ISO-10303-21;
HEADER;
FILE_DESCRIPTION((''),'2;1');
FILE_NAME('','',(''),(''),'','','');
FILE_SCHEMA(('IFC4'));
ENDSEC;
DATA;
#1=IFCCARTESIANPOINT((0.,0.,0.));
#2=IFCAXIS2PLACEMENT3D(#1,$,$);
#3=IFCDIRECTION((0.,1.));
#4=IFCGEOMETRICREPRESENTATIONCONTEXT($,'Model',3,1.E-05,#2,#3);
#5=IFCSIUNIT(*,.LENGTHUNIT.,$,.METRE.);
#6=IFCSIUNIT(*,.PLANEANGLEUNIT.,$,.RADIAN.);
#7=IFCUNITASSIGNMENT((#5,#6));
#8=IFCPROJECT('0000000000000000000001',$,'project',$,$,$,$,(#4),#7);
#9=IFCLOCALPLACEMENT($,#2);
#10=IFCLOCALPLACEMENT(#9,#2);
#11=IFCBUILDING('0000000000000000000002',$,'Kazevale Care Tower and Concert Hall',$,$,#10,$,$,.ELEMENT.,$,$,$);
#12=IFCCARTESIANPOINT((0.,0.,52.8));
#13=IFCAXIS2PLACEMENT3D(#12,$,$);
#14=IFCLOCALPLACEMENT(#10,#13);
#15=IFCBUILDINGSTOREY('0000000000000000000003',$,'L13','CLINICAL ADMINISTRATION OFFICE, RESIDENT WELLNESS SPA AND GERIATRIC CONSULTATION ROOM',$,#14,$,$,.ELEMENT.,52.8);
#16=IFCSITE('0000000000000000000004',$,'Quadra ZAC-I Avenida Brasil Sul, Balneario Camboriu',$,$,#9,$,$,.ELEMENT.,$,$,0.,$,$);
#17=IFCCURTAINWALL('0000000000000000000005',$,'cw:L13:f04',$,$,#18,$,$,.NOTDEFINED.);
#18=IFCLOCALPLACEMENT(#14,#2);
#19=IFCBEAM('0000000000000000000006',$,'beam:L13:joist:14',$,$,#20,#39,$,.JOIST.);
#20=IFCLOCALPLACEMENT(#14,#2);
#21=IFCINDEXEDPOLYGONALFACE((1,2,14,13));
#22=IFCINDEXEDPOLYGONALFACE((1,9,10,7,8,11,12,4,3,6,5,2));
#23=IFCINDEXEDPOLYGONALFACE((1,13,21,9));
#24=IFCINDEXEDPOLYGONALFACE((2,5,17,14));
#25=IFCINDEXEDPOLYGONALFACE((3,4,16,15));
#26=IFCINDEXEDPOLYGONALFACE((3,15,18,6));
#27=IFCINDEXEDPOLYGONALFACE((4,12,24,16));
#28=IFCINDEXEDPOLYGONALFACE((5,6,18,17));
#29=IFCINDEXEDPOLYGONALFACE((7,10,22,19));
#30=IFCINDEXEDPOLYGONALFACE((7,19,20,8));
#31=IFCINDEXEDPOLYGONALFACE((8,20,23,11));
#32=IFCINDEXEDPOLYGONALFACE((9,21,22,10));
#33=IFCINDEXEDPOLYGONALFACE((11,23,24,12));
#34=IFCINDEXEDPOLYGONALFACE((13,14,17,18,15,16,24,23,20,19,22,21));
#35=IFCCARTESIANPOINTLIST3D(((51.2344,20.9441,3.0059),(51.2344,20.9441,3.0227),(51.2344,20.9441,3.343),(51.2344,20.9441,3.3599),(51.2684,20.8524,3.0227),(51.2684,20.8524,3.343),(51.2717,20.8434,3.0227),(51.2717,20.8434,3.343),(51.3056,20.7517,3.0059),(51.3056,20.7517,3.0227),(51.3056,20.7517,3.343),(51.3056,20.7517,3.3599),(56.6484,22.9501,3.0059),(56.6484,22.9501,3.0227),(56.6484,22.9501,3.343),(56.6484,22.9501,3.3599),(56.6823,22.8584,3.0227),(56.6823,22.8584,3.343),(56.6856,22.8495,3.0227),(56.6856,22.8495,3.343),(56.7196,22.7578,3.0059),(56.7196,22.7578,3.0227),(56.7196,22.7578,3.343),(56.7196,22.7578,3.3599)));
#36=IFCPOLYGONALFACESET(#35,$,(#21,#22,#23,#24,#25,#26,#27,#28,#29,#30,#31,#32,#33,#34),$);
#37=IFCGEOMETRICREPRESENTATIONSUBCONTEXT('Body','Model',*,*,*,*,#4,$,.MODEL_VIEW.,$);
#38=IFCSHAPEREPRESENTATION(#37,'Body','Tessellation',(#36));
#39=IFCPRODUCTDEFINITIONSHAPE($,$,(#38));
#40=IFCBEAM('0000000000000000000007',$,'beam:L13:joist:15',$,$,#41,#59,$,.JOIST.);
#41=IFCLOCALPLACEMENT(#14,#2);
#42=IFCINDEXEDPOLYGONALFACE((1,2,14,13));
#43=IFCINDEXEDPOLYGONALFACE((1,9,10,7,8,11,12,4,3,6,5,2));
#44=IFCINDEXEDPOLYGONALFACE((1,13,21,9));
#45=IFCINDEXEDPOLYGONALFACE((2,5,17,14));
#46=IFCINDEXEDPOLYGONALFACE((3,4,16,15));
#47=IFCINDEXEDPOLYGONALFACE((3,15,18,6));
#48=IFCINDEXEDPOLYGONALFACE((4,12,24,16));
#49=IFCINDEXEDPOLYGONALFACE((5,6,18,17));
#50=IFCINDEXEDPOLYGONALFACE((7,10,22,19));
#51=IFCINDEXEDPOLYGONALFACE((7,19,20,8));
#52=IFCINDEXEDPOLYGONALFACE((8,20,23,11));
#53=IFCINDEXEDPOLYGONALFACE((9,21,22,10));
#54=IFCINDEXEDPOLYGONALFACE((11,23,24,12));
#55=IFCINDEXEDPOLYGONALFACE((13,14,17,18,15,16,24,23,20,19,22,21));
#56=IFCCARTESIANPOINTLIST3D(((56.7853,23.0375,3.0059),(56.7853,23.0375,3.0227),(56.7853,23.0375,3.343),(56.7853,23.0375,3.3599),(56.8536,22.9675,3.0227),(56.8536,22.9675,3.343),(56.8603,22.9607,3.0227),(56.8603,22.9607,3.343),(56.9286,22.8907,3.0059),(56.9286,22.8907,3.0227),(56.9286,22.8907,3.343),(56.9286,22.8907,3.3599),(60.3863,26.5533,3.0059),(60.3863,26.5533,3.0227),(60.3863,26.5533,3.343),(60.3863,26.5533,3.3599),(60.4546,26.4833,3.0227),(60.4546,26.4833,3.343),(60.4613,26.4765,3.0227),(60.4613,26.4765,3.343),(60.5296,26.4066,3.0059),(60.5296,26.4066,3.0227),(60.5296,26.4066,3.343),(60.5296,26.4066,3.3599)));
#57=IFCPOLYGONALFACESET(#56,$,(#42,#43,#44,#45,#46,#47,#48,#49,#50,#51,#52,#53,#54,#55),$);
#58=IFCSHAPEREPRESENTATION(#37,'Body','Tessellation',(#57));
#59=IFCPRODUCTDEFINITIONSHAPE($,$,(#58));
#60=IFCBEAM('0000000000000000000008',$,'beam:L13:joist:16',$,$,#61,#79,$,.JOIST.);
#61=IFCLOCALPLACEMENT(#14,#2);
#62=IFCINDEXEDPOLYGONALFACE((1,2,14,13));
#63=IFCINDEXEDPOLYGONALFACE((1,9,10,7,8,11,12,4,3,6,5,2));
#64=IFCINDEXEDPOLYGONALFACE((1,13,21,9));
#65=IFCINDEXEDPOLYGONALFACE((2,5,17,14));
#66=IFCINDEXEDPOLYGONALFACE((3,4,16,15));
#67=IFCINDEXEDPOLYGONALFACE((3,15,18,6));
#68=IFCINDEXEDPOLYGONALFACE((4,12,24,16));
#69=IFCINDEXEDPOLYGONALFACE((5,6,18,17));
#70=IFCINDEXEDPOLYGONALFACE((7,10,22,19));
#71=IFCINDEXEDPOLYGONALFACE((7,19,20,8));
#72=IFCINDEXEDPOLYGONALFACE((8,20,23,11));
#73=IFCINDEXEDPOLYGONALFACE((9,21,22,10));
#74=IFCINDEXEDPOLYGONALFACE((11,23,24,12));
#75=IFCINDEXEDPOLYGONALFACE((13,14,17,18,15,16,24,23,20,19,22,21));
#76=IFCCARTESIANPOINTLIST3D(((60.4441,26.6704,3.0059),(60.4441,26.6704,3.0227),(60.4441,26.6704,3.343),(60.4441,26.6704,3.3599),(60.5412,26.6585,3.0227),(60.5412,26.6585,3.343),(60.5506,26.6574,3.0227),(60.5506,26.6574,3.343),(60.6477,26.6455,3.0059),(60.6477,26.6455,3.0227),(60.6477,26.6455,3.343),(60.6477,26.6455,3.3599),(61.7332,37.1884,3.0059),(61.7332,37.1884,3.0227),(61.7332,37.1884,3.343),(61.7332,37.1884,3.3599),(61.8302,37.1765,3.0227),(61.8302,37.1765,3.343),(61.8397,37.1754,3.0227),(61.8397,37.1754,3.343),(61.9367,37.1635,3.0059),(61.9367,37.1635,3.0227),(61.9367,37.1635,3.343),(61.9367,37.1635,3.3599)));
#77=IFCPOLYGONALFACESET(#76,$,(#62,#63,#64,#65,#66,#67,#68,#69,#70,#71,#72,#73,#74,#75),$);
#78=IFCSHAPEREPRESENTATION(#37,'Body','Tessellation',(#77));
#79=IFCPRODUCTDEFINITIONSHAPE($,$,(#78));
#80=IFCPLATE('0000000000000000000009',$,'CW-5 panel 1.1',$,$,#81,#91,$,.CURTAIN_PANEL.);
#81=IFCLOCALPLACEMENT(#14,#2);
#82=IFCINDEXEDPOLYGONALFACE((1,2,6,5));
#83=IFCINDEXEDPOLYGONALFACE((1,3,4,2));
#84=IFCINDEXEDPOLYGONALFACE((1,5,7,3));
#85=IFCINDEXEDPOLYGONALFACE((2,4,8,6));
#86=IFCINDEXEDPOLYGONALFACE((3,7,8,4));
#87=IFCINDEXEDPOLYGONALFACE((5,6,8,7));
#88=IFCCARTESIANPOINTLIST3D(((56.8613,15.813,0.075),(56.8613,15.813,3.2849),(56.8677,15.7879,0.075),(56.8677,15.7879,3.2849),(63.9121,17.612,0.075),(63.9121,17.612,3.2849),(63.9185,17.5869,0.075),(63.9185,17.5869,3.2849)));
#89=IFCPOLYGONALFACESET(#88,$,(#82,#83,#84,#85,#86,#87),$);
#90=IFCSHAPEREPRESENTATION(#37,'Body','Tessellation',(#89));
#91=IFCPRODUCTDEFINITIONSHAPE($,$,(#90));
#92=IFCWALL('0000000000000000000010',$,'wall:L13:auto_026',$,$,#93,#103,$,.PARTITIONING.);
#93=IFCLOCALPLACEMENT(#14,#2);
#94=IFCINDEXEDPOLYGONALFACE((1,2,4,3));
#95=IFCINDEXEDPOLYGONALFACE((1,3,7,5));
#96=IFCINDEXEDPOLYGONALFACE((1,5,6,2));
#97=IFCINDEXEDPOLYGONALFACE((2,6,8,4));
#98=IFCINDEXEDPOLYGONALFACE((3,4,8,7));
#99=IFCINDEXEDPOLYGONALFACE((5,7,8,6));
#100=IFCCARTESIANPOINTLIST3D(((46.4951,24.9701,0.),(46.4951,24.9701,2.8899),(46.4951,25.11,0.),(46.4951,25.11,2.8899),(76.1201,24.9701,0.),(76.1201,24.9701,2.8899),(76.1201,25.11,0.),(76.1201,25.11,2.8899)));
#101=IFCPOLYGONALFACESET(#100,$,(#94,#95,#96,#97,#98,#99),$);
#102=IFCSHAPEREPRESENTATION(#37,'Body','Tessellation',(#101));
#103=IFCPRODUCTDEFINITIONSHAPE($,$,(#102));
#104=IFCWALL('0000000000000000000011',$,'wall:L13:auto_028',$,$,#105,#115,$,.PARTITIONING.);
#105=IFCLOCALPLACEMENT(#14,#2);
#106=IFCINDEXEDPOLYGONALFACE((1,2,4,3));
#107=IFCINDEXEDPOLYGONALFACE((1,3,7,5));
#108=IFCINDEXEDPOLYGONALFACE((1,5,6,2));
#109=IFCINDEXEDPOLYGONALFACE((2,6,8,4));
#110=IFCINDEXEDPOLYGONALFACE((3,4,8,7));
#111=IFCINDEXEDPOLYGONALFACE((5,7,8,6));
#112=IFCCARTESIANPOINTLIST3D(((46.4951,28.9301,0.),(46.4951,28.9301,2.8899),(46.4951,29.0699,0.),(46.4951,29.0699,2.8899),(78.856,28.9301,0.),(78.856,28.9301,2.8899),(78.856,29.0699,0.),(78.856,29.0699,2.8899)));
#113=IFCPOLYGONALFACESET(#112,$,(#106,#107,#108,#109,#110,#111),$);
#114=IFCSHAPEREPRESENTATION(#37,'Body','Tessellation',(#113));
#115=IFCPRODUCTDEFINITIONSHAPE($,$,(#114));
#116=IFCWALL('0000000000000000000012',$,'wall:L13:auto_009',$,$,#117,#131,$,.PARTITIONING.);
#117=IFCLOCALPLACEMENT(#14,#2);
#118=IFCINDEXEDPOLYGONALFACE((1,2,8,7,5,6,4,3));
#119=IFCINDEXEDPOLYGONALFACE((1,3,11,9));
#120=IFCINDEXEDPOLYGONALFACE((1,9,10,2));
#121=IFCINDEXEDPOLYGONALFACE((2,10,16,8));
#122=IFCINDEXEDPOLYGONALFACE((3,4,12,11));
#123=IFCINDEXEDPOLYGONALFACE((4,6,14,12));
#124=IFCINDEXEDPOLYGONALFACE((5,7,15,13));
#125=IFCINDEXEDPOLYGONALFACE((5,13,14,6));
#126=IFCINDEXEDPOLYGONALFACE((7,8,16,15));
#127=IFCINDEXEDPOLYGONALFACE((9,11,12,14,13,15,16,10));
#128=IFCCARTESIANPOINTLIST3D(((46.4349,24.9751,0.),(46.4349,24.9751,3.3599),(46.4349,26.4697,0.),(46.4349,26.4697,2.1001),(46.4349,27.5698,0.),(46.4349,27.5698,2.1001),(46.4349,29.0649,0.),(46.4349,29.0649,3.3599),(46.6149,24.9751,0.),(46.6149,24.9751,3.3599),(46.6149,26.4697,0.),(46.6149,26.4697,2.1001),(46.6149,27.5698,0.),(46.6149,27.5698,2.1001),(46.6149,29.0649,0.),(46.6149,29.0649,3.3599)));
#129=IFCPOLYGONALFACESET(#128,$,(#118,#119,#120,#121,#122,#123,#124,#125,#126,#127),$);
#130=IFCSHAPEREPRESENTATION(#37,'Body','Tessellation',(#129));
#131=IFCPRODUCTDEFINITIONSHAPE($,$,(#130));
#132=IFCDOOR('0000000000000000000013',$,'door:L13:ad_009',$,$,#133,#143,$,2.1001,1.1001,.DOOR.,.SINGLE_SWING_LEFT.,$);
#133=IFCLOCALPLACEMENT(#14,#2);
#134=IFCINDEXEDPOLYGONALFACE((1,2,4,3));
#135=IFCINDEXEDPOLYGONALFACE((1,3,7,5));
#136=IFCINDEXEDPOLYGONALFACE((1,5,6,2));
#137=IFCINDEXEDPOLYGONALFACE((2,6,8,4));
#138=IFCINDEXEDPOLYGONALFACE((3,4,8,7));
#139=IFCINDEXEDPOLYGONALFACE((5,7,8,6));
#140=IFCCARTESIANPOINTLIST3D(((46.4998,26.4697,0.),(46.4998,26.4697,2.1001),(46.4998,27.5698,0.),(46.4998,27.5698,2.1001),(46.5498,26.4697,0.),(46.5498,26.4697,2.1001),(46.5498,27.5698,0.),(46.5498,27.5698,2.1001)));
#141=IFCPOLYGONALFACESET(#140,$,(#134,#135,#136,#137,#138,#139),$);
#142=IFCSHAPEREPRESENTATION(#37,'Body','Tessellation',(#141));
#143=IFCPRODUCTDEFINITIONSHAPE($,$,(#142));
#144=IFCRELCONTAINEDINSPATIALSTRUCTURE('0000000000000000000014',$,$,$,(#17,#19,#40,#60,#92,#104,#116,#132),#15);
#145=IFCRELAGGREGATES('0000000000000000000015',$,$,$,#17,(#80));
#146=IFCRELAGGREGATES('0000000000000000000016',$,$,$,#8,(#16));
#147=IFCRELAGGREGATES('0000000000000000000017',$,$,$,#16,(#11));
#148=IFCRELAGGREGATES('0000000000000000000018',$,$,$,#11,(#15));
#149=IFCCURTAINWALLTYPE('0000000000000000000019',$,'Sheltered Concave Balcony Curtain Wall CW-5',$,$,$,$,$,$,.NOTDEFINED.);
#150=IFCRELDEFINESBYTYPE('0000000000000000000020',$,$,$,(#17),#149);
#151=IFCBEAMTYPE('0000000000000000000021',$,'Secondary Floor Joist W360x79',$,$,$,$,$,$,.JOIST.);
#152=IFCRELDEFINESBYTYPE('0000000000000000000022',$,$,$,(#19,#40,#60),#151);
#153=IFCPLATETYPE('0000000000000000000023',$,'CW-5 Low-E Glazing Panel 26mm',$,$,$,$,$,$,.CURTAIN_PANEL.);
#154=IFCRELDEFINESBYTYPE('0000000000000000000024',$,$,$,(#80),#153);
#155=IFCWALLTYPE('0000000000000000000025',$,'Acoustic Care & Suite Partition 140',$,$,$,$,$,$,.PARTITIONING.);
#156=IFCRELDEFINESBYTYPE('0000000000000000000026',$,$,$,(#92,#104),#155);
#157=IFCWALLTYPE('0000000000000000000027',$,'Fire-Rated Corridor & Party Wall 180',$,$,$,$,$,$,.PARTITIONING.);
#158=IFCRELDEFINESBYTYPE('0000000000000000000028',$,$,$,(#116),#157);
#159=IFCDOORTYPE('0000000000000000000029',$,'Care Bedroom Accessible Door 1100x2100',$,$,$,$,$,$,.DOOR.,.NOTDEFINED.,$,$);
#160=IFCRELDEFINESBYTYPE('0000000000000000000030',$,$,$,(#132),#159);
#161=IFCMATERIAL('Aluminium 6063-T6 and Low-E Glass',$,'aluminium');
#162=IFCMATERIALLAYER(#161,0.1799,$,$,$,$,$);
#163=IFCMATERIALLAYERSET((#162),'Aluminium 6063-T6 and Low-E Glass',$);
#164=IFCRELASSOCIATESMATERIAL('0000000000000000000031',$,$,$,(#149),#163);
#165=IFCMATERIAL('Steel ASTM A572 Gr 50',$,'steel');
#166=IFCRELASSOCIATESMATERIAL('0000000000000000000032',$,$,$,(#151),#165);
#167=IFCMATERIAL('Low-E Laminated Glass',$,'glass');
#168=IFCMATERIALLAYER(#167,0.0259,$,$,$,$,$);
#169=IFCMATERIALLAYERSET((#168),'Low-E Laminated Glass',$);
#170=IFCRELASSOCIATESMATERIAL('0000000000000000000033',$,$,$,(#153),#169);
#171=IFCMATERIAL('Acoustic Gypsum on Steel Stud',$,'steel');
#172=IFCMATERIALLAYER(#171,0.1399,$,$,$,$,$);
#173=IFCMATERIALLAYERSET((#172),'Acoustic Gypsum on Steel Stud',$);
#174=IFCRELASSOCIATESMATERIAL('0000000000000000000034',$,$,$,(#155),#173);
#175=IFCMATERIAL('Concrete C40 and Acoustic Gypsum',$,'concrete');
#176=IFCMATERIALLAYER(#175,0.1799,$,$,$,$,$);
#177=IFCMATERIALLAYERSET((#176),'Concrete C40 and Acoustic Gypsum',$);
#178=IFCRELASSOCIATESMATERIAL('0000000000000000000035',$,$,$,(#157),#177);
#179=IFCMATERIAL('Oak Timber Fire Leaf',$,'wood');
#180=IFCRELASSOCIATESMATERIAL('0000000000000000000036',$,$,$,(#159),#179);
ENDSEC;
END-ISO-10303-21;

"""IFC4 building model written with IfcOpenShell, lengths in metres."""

from ifc_helpers import new_model, si_unit, direction, frame, frame_2d, origin, origin_2d, place, context, subcontext, project, spatial, rectangle, i_section, extrude, material, layer, layer_set, material_profile, profile_set, type_object, element, fill, aggregate, save


model = new_model("IFC4")

# Units and contexts
model_context = context("Model", 3, precision=1e-05, world=origin(), true_north=direction((0.0, 1.0)))
body_context = subcontext(model_context, "Body", "Model", "MODEL_VIEW")
ifc_project = project(units=[si_unit("LENGTHUNIT", "METRE"), si_unit("PLANEANGLEUNIT", "RADIAN")], contexts=[model_context])

# Site, building, storey
site_placement = place(None, origin())
site = spatial("IfcSite", under=ifc_project, at=site_placement, Name="Quadra ZAC-I Avenida Brasil Sul, Balneario Camboriu", CompositionType="ELEMENT", RefElevation=0.0)
building_placement = place(site_placement, origin())
building = spatial("IfcBuilding", under=site, at=building_placement, Name="Kazevale Care Tower and Concert Hall", CompositionType="ELEMENT")
storey_placement = place(building_placement, frame((0.0, 0.0, 52.8)))
storey = spatial("IfcBuildingStorey", under=building, at=storey_placement, Name="L13", Description="CLINICAL ADMINISTRATION OFFICE, RESIDENT WELLNESS SPA AND GERIATRIC CONSULTATION ROOM", CompositionType="ELEMENT", Elevation=52.8)

# Curtain wall
ifc_material_1 = material(Name="Aluminium 6063-T6 and Low-E Glass", Category="aluminium")
ifc_layer_1 = layer(ifc_material_1, 0.1799)
ifc_layer_set_1 = layer_set([ifc_layer_1], Name="Aluminium 6063-T6 and Low-E Glass")
curtain_wall_type = type_object("IfcCurtainWallType", Name="Sheltered Concave Balcony Curtain Wall CW-5", PredefinedType="NOTDEFINED", material=ifc_layer_set_1)
curtain_wall_1_placement = place(storey_placement, origin())
curtain_wall_1 = element("IfcCurtainWall", 1, at=curtain_wall_1_placement, inside=storey, type_object=curtain_wall_type, Name="cw:L13:f04", PredefinedType="NOTDEFINED")

# Beams
ifc_material_2 = material(Name="Steel ASTM A572 Gr 50", Category="steel")
ifc_material_profile_1 = material_profile(ifc_material_2, i_section(OverallWidth=0.2051, OverallDepth=0.354, WebThickness=0.0095, FlangeThickness=0.0168, at=origin_2d()), Name="W360x79")
ifc_profile_set_1 = profile_set([ifc_material_profile_1], Name="Steel ASTM A572 Gr 50")
beam_type_1 = type_object("IfcBeamType", Name="Secondary Floor Joist W360x79", PredefinedType="JOIST", material=ifc_profile_set_1)
beam_1_placement = place(storey_placement, frame((51.27, 20.8479, 3.1829), z_axis=(0.937698, 0.347451, 0.0), x_axis=(-0.347451, 0.937698, 0.0)))
element("IfcBeam", 2, at=beam_1_placement, inside=storey, type_object=beam_type_1, Name="beam:L13:joist:14", PredefinedType="JOIST", context=body_context, shape_type="SweptSolid", body=[
    extrude(i_section(OverallWidth=0.2051, OverallDepth=0.354, WebThickness=0.0095, FlangeThickness=0.0168, at=origin_2d()), origin(), (0.0, 0.0, 1.0), 5.7737),
])
beam_2_placement = place(storey_placement, frame((56.8569, 22.9641, 3.1829), z_axis=(0.715521, 0.698591, 0.0), x_axis=(-0.698591, 0.715521, 0.0)))
element("IfcBeam", 3, at=beam_2_placement, inside=storey, type_object=beam_type_1, Name="beam:L13:joist:15", PredefinedType="JOIST", context=body_context, shape_type="SweptSolid", body=[
    extrude(i_section(OverallWidth=0.2051, OverallDepth=0.354, WebThickness=0.0095, FlangeThickness=0.0168, at=origin_2d()), origin(), (0.0, 0.0, 1.0), 5.0327),
])
beam_3_placement = place(storey_placement, frame((60.5459, 26.658, 3.1829), z_axis=(0.121647, 0.992573, 0.0), x_axis=(-0.992573, 0.121647, 0.0)))
element("IfcBeam", 4, at=beam_3_placement, inside=storey, type_object=beam_type_1, Name="beam:L13:joist:16", PredefinedType="JOIST", context=body_context, shape_type="SweptSolid", body=[
    extrude(i_section(OverallWidth=0.2051, OverallDepth=0.354, WebThickness=0.0095, FlangeThickness=0.0168, at=origin_2d()), origin(), (0.0, 0.0, 1.0), 10.5967),
])

# Plate
ifc_material_3 = material(Name="Low-E Laminated Glass", Category="glass")
ifc_layer_2 = layer(ifc_material_3, 0.0259)
ifc_layer_set_2 = layer_set([ifc_layer_2], Name="Low-E Laminated Glass")
plate_type = type_object("IfcPlateType", Name="CW-5 Low-E Glazing Panel 26mm", PredefinedType="CURTAIN_PANEL", material=ifc_layer_set_2)
plate_placement = place(storey_placement, frame((60.3899, 16.7, 0.075), z_axis=(0.0, 0.0, 1.0), x_axis=(-0.968959, -0.247222, 0.0)))
plate = element("IfcPlate", 5, at=plate_placement, type_object=plate_type, Name="CW-5 panel 1.1", PredefinedType="CURTAIN_PANEL", context=body_context, shape_type="SweptSolid", body=[
    extrude(rectangle(XDim=7.2766, YDim=0.0259, at=origin_2d()), origin(), (0.0, 0.0, 1.0), 3.21),
])
aggregate(curtain_wall_1, [plate])

# Walls
ifc_material_4 = material(Name="Acoustic Gypsum on Steel Stud", Category="steel")
ifc_layer_3 = layer(ifc_material_4, 0.1399)
ifc_layer_set_3 = layer_set([ifc_layer_3], Name="Acoustic Gypsum on Steel Stud")
wall_type_1 = type_object("IfcWallType", Name="Acoustic Care & Suite Partition 140", PredefinedType="PARTITIONING", material=ifc_layer_set_3)
wall_1_placement = place(storey_placement, frame((46.4951, 25.04, 0.0), z_axis=(0.0, 0.0, 1.0), x_axis=(1.0, 0.0, 0.0)))
element("IfcWall", 6, at=wall_1_placement, inside=storey, type_object=wall_type_1, Name="wall:L13:auto_026", PredefinedType="PARTITIONING", context=body_context, shape_type="SweptSolid", body=[
    extrude(rectangle(XDim=29.625, YDim=0.1399, at=frame_2d((14.8125, 0.0))), origin(), (0.0, 0.0, 1.0), 2.8899),
])
wall_2_placement = place(storey_placement, frame((46.4951, 29.0, 0.0), z_axis=(0.0, 0.0, 1.0), x_axis=(1.0, 0.0, 0.0)))
element("IfcWall", 7, at=wall_2_placement, inside=storey, type_object=wall_type_1, Name="wall:L13:auto_028", PredefinedType="PARTITIONING", context=body_context, shape_type="SweptSolid", body=[
    extrude(rectangle(XDim=32.3608, YDim=0.1399, at=frame_2d((16.1804, 0.0))), origin(), (0.0, 0.0, 1.0), 2.8899),
])

# Wall, opening, door
ifc_material_5 = material(Name="Concrete C40 and Acoustic Gypsum", Category="concrete")
ifc_layer_4 = layer(ifc_material_5, 0.1799)
ifc_layer_set_4 = layer_set([ifc_layer_4], Name="Concrete C40 and Acoustic Gypsum")
wall_type_2 = type_object("IfcWallType", Name="Fire-Rated Corridor & Party Wall 180", PredefinedType="PARTITIONING", material=ifc_layer_set_4)
ifc_material_6 = material(Name="Oak Timber Fire Leaf", Category="wood")
wall_3_placement = place(storey_placement, frame((46.5249, 29.0649, 0.0), z_axis=(0.0, 0.0, 1.0), x_axis=(0.0, -1.0, 0.0)))
wall_3 = element("IfcWall", 8, at=wall_3_placement, inside=storey, type_object=wall_type_2, Name="wall:L13:auto_009", PredefinedType="PARTITIONING", context=body_context, shape_type="SweptSolid", body=[
    extrude(rectangle(XDim=4.0898, YDim=0.1799, at=frame_2d((2.0449, 0.0))), origin(), (0.0, 0.0, 1.0), 3.3599),
])
opening_1_placement = place(wall_3_placement, frame((1.4951, 0.0, 0.0)))
opening_1 = element("IfcOpeningElement", 9, at=opening_1_placement, cuts=wall_3, PredefinedType="OPENING", context=body_context, shape_type="SweptSolid", body=[
    extrude(rectangle(XDim=1.1001, YDim=2.1001, at=frame_2d((0.55, 1.05))), frame((0.0, 0.0999, 0.0), z_axis=(0.0, -1.0, 0.0), x_axis=(1.0, 0.0, 0.0)), (0.0, 0.0, 1.0), 0.2),
])
door_type_1 = type_object("IfcDoorType", Name="Care Bedroom Accessible Door 1100x2100", OperationType="NOTDEFINED", PredefinedType="DOOR", material=ifc_material_6)
door_1_placement = place(opening_1_placement, origin())
door_1 = element("IfcDoor", 10, at=door_1_placement, inside=storey, type_object=door_type_1, Name="door:L13:ad_009", OperationType="SINGLE_SWING_LEFT", OverallHeight=2.1001, OverallWidth=1.1001, PredefinedType="DOOR", context=body_context, shape_type="SweptSolid", body=[
    extrude(rectangle(XDim=1.1001, YDim=2.1001, at=frame_2d((0.55, 1.05))), frame((0.0, 0.0249, 0.0), z_axis=(0.0, -1.0, 0.0), x_axis=(1.0, 0.0, 0.0)), (0.0, 0.0, 1.0), 0.05),
])
fill(opening_1, door_1)

save(model, "model.ifc")
